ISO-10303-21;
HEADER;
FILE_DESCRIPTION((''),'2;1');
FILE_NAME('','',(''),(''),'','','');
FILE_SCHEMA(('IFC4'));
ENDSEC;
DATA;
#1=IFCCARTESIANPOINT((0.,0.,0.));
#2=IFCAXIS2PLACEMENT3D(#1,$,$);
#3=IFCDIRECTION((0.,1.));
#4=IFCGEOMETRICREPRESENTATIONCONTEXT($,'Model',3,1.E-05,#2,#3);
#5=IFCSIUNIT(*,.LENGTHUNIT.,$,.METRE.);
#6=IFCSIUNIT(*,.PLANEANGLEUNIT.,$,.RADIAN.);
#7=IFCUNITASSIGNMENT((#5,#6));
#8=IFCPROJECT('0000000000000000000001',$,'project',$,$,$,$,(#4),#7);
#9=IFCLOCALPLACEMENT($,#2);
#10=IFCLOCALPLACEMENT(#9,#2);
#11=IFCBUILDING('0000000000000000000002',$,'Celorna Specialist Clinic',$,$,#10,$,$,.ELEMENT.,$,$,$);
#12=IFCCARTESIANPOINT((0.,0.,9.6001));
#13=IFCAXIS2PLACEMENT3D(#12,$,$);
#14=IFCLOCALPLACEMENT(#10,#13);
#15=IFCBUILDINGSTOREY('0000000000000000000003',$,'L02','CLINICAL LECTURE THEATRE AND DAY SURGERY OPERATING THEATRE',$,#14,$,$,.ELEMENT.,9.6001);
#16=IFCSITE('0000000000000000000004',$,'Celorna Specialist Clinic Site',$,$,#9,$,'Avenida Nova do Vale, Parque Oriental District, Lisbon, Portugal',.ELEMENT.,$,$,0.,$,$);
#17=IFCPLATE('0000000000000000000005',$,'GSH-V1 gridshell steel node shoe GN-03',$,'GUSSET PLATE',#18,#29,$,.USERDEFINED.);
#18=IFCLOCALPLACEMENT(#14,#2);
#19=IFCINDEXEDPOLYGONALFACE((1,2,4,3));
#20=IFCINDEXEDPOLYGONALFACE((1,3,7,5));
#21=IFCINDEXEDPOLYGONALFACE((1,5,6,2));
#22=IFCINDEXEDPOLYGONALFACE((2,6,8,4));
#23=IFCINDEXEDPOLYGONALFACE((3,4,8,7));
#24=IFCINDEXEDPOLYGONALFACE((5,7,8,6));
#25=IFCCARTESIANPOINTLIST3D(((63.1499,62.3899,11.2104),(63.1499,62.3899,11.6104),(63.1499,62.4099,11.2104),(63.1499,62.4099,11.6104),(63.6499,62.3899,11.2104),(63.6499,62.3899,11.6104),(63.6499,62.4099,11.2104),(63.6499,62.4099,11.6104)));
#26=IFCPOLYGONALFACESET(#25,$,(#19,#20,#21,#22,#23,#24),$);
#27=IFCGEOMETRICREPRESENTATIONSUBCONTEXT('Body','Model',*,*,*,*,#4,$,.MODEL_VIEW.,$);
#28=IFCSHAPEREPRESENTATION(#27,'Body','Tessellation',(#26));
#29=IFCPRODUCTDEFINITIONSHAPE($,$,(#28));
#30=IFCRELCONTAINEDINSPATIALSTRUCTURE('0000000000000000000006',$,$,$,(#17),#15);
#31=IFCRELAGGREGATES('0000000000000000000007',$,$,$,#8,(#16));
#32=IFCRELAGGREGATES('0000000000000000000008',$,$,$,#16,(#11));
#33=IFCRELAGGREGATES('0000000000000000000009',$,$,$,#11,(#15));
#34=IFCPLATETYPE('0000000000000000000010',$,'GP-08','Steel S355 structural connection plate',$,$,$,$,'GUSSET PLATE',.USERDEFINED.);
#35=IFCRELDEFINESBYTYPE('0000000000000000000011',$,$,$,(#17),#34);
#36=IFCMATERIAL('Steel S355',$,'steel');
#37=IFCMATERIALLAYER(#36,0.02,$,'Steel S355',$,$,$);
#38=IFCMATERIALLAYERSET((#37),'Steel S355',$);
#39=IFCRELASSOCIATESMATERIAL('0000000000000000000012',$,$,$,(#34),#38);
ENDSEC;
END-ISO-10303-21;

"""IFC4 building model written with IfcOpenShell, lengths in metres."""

from ifc_helpers import new_model, si_unit, direction, frame, origin, origin_2d, place, context, subcontext, project, spatial, rectangle, extrude, material, layer, layer_set, type_object, element, save


model = new_model("IFC4")

# Units and contexts
model_context = context("Model", 3, precision=1e-05, world=origin(), true_north=direction((0.0, 1.0)))
body_context = subcontext(model_context, "Body", "Model", "MODEL_VIEW")
ifc_project = project(units=[si_unit("LENGTHUNIT", "METRE"), si_unit("PLANEANGLEUNIT", "RADIAN")], contexts=[model_context])

# Site, building, storey
site_placement = place(None, origin())
site = spatial("IfcSite", under=ifc_project, at=site_placement, Name="Celorna Specialist Clinic Site", LongName="Avenida Nova do Vale, Parque Oriental District, Lisbon, Portugal", CompositionType="ELEMENT", RefElevation=0.0)
building_placement = place(site_placement, origin())
building = spatial("IfcBuilding", under=site, at=building_placement, Name="Celorna Specialist Clinic", CompositionType="ELEMENT")
storey_placement = place(building_placement, frame((0.0, 0.0, 9.6001)))
storey = spatial("IfcBuildingStorey", under=building, at=storey_placement, Name="L02", Description="CLINICAL LECTURE THEATRE AND DAY SURGERY OPERATING THEATRE", CompositionType="ELEMENT", Elevation=9.6001)

# Shared definitions
ifc_material_1 = material(Name="Steel S355", Category="steel")

# Plate
ifc_layer_1 = layer(ifc_material_1, 0.02, Name="Steel S355")
ifc_layer_set_1 = layer_set([ifc_layer_1], Name="Steel S355")
plate_type_1 = type_object("IfcPlateType", Name="GP-08", Description="Steel S355 structural connection plate", ElementType="GUSSET PLATE", PredefinedType="USERDEFINED", material=ifc_layer_set_1)
plate_1_placement = place(storey_placement, frame((63.3999, 62.3999, 11.2104), z_axis=(0.0, 0.0, 1.0), x_axis=(1.0, 0.0, 0.0)))
element("IfcPlate", 1, at=plate_1_placement, inside=storey, type_object=plate_type_1, Name="GSH-V1 gridshell steel node shoe GN-03", ObjectType="GUSSET PLATE", PredefinedType="USERDEFINED", context=body_context, shape_type="SweptSolid", body=[
    extrude(rectangle(XDim=0.5, YDim=0.02, at=origin_2d()), origin(), (0.0, 0.0, 1.0), 0.3999),
])

save(model, "model.ifc")
